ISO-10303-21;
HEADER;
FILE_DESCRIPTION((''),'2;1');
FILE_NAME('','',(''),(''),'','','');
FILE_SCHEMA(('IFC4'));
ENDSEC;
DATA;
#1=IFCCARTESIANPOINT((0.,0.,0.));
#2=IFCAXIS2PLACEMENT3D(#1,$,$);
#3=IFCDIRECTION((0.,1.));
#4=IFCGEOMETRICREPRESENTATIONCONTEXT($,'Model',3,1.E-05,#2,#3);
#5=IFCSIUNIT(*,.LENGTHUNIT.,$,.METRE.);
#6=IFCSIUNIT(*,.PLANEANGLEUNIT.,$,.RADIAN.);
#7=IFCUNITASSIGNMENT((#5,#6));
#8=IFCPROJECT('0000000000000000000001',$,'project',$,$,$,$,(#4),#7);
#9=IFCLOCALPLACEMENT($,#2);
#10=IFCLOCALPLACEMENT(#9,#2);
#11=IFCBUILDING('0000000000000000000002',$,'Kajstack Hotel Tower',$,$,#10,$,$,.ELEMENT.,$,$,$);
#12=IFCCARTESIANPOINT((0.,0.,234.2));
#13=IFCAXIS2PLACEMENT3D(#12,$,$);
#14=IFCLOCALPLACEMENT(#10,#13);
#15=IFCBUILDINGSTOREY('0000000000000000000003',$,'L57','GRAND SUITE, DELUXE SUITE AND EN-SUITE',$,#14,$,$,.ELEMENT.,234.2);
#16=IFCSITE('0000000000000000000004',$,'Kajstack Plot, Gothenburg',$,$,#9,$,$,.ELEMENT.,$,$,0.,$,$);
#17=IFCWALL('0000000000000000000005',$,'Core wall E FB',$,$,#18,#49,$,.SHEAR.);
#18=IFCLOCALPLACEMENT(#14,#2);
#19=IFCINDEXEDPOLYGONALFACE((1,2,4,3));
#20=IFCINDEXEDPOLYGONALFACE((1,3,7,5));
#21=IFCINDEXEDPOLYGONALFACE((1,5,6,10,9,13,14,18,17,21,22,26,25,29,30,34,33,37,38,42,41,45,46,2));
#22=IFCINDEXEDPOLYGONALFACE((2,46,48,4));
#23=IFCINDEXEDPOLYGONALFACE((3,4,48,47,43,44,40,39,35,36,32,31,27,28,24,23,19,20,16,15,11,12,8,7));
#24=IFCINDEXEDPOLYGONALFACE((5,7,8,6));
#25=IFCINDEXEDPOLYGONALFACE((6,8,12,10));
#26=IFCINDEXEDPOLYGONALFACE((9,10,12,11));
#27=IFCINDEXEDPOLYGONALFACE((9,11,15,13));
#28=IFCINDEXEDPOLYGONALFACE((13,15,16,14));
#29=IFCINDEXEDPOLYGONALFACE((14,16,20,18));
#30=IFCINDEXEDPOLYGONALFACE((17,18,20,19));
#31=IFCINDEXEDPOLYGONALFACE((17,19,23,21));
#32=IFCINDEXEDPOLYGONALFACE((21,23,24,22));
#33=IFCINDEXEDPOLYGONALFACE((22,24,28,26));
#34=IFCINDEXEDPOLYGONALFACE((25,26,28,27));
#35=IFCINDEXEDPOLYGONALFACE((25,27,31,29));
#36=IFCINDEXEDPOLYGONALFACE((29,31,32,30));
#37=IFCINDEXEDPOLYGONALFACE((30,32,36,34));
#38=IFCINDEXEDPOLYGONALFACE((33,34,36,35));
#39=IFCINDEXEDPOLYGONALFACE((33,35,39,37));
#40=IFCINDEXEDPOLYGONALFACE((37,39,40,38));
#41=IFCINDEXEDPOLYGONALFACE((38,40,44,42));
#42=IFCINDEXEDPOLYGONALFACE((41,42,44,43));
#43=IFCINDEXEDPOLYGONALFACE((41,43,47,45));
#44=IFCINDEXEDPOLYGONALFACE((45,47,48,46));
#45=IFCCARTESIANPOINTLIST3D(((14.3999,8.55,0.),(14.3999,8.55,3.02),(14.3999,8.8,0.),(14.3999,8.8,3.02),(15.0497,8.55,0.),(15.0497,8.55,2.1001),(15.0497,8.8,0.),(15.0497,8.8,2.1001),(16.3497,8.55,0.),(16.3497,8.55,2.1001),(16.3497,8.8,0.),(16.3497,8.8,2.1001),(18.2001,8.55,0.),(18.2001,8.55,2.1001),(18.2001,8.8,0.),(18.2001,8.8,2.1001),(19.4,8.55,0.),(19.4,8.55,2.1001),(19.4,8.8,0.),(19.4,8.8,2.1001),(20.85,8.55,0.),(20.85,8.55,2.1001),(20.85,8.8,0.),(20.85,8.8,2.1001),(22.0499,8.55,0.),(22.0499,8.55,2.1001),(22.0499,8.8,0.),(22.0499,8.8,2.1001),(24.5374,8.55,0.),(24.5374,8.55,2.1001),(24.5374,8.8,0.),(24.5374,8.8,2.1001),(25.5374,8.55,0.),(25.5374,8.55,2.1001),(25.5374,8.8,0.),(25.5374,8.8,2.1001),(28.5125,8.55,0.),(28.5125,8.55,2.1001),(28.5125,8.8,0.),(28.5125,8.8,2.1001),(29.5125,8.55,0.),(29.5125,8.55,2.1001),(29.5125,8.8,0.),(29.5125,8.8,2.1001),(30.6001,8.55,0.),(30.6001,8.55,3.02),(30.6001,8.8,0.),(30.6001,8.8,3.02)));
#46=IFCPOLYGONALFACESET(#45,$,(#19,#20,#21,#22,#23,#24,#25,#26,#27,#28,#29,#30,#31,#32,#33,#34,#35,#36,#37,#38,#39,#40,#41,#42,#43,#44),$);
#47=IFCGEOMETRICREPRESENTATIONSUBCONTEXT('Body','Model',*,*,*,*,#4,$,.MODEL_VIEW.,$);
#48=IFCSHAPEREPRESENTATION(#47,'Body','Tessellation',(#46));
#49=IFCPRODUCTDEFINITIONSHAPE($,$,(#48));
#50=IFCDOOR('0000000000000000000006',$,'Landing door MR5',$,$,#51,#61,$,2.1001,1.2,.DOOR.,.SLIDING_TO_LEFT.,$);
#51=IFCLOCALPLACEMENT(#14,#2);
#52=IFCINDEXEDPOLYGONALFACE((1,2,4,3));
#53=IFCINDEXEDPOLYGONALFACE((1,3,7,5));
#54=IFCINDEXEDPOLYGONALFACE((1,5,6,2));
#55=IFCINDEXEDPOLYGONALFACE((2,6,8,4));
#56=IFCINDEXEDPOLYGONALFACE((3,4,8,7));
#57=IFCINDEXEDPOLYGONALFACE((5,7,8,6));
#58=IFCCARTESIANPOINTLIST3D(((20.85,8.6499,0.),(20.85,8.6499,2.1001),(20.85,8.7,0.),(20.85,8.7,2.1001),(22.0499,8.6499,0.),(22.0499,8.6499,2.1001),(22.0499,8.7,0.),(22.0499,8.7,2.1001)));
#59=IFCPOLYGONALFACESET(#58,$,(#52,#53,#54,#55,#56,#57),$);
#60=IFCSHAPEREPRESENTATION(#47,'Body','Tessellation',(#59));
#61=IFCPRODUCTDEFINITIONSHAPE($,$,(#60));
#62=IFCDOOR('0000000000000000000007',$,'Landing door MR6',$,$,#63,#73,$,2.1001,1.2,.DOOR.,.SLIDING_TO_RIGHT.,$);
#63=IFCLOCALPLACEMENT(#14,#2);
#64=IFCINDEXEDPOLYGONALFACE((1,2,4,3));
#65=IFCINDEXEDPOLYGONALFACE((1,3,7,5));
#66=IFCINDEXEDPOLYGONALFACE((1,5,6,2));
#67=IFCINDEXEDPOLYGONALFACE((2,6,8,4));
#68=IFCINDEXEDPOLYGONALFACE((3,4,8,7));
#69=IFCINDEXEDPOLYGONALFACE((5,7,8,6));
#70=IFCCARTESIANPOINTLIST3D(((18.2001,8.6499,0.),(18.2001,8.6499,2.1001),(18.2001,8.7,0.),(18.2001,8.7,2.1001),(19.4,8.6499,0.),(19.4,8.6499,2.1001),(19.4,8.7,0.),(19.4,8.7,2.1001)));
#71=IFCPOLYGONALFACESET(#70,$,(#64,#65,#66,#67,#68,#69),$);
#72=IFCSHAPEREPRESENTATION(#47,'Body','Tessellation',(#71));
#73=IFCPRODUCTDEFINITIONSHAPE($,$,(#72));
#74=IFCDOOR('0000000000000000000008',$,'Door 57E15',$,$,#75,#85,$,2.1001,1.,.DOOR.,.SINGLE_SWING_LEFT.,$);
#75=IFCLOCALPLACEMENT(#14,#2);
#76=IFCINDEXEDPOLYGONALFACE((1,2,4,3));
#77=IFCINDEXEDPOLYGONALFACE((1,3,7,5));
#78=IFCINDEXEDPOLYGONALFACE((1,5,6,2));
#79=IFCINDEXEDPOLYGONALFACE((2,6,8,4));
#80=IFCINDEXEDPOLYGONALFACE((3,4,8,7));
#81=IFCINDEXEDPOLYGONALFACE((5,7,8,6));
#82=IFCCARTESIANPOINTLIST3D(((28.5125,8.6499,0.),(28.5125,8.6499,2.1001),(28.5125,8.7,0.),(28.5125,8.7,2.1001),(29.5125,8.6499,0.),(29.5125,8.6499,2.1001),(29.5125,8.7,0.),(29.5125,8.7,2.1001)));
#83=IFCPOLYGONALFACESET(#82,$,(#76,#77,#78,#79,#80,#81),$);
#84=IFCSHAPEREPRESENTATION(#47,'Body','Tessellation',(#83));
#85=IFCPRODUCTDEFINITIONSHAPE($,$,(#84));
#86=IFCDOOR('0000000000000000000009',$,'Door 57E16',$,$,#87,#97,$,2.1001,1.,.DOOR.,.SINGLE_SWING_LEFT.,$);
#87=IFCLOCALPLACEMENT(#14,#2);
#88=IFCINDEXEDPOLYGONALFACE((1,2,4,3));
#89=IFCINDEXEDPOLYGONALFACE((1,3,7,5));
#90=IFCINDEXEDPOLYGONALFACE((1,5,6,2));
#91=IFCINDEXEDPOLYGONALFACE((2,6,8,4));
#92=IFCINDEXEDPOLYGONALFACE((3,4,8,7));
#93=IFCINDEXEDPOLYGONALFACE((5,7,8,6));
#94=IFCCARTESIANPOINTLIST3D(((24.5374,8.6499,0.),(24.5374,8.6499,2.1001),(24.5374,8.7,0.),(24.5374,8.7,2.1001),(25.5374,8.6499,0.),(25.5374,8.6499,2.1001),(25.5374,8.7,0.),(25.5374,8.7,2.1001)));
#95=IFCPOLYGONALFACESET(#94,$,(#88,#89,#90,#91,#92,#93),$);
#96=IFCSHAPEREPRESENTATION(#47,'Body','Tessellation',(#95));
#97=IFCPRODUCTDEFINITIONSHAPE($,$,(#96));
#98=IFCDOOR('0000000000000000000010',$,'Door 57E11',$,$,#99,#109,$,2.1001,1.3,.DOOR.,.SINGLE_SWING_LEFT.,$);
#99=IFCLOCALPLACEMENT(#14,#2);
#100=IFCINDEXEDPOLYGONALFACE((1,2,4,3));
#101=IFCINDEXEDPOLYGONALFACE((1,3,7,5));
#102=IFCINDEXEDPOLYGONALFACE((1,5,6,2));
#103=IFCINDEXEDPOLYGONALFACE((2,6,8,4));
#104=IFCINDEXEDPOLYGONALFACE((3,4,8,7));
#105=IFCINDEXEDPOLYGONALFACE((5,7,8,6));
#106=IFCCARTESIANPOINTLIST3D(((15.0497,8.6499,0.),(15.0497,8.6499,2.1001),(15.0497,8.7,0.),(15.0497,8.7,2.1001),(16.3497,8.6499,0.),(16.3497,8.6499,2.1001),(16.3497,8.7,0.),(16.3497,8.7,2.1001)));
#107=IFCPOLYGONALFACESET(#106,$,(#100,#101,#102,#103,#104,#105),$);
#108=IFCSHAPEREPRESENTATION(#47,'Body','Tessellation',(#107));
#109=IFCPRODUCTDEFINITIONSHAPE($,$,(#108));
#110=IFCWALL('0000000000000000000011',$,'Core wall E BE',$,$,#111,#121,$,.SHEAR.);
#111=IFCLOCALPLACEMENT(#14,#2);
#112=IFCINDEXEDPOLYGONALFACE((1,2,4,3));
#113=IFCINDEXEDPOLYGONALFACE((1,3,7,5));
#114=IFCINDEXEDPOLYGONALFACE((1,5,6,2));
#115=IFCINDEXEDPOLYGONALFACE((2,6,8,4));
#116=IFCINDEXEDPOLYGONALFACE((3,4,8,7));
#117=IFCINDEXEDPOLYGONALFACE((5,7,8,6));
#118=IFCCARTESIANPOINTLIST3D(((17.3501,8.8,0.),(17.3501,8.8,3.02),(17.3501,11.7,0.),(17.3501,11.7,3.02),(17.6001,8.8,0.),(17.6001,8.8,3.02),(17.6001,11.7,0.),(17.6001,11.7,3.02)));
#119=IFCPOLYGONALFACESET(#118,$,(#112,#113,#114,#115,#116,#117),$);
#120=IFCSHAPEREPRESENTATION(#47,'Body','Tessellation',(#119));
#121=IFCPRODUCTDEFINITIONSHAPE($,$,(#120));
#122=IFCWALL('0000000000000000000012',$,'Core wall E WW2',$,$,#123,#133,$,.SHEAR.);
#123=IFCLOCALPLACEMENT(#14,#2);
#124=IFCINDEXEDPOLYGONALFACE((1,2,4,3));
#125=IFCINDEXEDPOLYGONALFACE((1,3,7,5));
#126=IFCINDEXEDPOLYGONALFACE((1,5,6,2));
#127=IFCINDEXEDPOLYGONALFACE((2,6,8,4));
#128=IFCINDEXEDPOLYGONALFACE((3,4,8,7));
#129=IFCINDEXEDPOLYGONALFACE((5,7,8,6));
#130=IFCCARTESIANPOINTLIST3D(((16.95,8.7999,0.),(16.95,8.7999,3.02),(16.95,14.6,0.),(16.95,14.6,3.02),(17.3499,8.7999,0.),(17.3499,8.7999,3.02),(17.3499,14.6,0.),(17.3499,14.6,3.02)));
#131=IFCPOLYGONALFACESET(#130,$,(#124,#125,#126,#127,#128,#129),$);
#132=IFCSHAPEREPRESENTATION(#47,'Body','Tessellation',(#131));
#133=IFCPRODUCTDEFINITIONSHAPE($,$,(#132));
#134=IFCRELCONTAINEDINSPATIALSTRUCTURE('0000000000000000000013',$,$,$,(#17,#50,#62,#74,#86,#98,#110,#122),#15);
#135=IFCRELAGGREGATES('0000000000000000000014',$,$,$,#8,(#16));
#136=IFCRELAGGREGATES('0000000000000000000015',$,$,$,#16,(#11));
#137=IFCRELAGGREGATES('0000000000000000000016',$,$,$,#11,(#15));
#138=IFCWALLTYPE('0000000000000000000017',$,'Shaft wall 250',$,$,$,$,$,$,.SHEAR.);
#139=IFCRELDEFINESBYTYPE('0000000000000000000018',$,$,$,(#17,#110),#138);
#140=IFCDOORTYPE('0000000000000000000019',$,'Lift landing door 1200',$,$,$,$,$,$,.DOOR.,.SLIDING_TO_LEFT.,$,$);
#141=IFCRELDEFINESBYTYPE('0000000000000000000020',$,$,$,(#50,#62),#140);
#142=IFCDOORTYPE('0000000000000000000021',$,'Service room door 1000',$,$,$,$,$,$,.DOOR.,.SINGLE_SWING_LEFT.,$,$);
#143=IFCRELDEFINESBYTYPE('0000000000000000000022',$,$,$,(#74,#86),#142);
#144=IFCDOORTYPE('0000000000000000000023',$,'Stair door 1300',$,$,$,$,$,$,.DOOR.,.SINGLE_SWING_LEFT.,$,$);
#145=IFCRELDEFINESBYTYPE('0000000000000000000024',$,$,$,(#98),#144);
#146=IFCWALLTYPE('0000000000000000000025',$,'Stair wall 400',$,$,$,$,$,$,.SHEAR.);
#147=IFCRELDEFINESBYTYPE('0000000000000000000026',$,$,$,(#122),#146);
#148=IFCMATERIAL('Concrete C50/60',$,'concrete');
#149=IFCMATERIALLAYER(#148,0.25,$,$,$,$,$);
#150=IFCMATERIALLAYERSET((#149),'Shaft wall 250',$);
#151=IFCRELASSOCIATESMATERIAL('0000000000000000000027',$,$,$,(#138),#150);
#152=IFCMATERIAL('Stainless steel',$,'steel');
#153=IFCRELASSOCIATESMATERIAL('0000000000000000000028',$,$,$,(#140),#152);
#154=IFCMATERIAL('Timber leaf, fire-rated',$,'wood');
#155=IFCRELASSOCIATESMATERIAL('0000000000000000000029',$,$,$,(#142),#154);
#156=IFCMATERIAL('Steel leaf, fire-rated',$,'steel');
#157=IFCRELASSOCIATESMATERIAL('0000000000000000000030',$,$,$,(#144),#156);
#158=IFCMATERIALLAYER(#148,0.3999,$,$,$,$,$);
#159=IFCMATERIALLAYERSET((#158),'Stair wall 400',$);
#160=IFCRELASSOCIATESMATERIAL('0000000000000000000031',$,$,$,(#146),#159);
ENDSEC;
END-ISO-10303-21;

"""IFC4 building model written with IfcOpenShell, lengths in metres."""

from ifc_helpers import new_model, si_unit, direction, frame, frame_2d, origin, place, context, subcontext, project, spatial, rectangle, extrude, material, layer, layer_set, type_object, element, fill, save


model = new_model("IFC4")

# Units and contexts
model_context = context("Model", 3, precision=1e-05, world=origin(), true_north=direction((0.0, 1.0)))
body_context = subcontext(model_context, "Body", "Model", "MODEL_VIEW")
ifc_project = project(units=[si_unit("LENGTHUNIT", "METRE"), si_unit("PLANEANGLEUNIT", "RADIAN")], contexts=[model_context])

# Site, building, storey
site_placement = place(None, origin())
site = spatial("IfcSite", under=ifc_project, at=site_placement, Name="Kajstack Plot, Gothenburg", CompositionType="ELEMENT", RefElevation=0.0)
building_placement = place(site_placement, origin())
building = spatial("IfcBuilding", under=site, at=building_placement, Name="Kajstack Hotel Tower", CompositionType="ELEMENT")
storey_placement = place(building_placement, frame((0.0, 0.0, 234.2)))
storey = spatial("IfcBuildingStorey", under=building, at=storey_placement, Name="L57", Description="GRAND SUITE, DELUXE SUITE AND EN-SUITE", CompositionType="ELEMENT", Elevation=234.2)

# Wall, openings, doors
ifc_material_1 = material(Name="Concrete C50/60", Category="concrete")
ifc_layer_1 = layer(ifc_material_1, 0.25)
ifc_layer_set_1 = layer_set([ifc_layer_1], Name="Shaft wall 250")
wall_type_1 = type_object("IfcWallType", Name="Shaft wall 250", PredefinedType="SHEAR", material=ifc_layer_set_1)
ifc_material_2 = material(Name="Stainless steel", Category="steel")
door_type_1 = type_object("IfcDoorType", Name="Lift landing door 1200", OperationType="SLIDING_TO_LEFT", PredefinedType="DOOR", material=ifc_material_2)
wall_1_placement = place(storey_placement, frame((14.3999, 8.675, 0.0), z_axis=(0.0, 0.0, 1.0), x_axis=(1.0, 0.0, 0.0)))
wall_1 = element("IfcWall", 1, at=wall_1_placement, inside=storey, type_object=wall_type_1, Name="Core wall E FB", PredefinedType="SHEAR", context=body_context, shape_type="SweptSolid", body=[
    extrude(rectangle(XDim=16.2002, YDim=0.25, at=frame_2d((8.1001, 0.0))), origin(), (0.0, 0.0, 1.0), 3.02),
])
opening_1_placement = place(wall_1_placement, frame((6.45, 0.0, 0.0)))
opening_1 = element("IfcOpeningElement", 2, at=opening_1_placement, cuts=wall_1, PredefinedType="OPENING", context=body_context, shape_type="SweptSolid", body=[
    extrude(rectangle(XDim=1.2, YDim=2.1001, at=frame_2d((0.6001, 1.05))), frame((0.0, 0.135, 0.0), z_axis=(0.0, -1.0, 0.0), x_axis=(1.0, 0.0, 0.0)), (0.0, 0.0, 1.0), 0.27),
])
opening_2_placement = place(wall_1_placement, frame((3.8, 0.0, 0.0)))
opening_2 = element("IfcOpeningElement", 3, at=opening_2_placement, cuts=wall_1, PredefinedType="OPENING", context=body_context, shape_type="SweptSolid", body=[
    extrude(rectangle(XDim=1.2, YDim=2.1001, at=frame_2d((0.6001, 1.05))), frame((0.0, 0.135, 0.0), z_axis=(0.0, -1.0, 0.0), x_axis=(1.0, 0.0, 0.0)), (0.0, 0.0, 1.0), 0.27),
])
opening_3_placement = place(wall_1_placement, frame((0.6499, 0.0, 0.0)))
opening_3 = element("IfcOpeningElement", 4, at=opening_3_placement, cuts=wall_1, PredefinedType="OPENING", context=body_context, shape_type="SweptSolid", body=[
    extrude(rectangle(XDim=1.3, YDim=2.1001, at=frame_2d((0.6499, 1.05))), frame((0.0, 0.135, 0.0), z_axis=(0.0, -1.0, 0.0), x_axis=(1.0, 0.0, 0.0)), (0.0, 0.0, 1.0), 0.27),
])
opening_4_placement = place(wall_1_placement, frame((14.1125, 0.0, 0.0)))
opening_4 = element("IfcOpeningElement", 5, at=opening_4_placement, cuts=wall_1, PredefinedType="OPENING", context=body_context, shape_type="SweptSolid", body=[
    extrude(rectangle(XDim=1.0, YDim=2.1001, at=frame_2d((0.5, 1.05))), frame((0.0, 0.135, 0.0), z_axis=(0.0, -1.0, 0.0), x_axis=(1.0, 0.0, 0.0)), (0.0, 0.0, 1.0), 0.27),
])
opening_5_placement = place(wall_1_placement, frame((10.1375, 0.0, 0.0)))
opening_5 = element("IfcOpeningElement", 6, at=opening_5_placement, cuts=wall_1, PredefinedType="OPENING", context=body_context, shape_type="SweptSolid", body=[
    extrude(rectangle(XDim=1.0, YDim=2.1001, at=frame_2d((0.5, 1.05))), frame((0.0, 0.135, 0.0), z_axis=(0.0, -1.0, 0.0), x_axis=(1.0, 0.0, 0.0)), (0.0, 0.0, 1.0), 0.27),
])
door_1_placement = place(opening_1_placement, origin())
door_1 = element("IfcDoor", 7, at=door_1_placement, inside=storey, type_object=door_type_1, Name="Landing door MR5", OperationType="SLIDING_TO_LEFT", OverallHeight=2.1001, OverallWidth=1.2, PredefinedType="DOOR", context=body_context, shape_type="SweptSolid", body=[
    extrude(rectangle(XDim=1.2, YDim=2.1001, at=frame_2d((0.6001, 1.05))), frame((0.0, 0.0249, 0.0), z_axis=(0.0, -1.0, 0.0), x_axis=(1.0, 0.0, 0.0)), (0.0, 0.0, 1.0), 0.05),
])
fill(opening_1, door_1)
door_2_placement = place(opening_2_placement, origin())
door_2 = element("IfcDoor", 8, at=door_2_placement, inside=storey, type_object=door_type_1, Name="Landing door MR6", OperationType="SLIDING_TO_RIGHT", OverallHeight=2.1001, OverallWidth=1.2, PredefinedType="DOOR", context=body_context, shape_type="SweptSolid", body=[
    extrude(rectangle(XDim=1.2, YDim=2.1001, at=frame_2d((0.6001, 1.05))), frame((0.0, 0.0249, 0.0), z_axis=(0.0, -1.0, 0.0), x_axis=(1.0, 0.0, 0.0)), (0.0, 0.0, 1.0), 0.05),
])
fill(opening_2, door_2)
ifc_material_3 = material(Name="Timber leaf, fire-rated", Category="wood")
door_type_2 = type_object("IfcDoorType", Name="Service room door 1000", OperationType="SINGLE_SWING_LEFT", PredefinedType="DOOR", material=ifc_material_3)
door_3_placement = place(opening_4_placement, origin())
door_3 = element("IfcDoor", 9, at=door_3_placement, inside=storey, type_object=door_type_2, Name="Door 57E15", OperationType="SINGLE_SWING_LEFT", OverallHeight=2.1001, OverallWidth=1.0, PredefinedType="DOOR", context=body_context, shape_type="SweptSolid", body=[
    extrude(rectangle(XDim=1.0, YDim=2.1001, at=frame_2d((0.5, 1.05))), frame((0.0, 0.0249, 0.0), z_axis=(0.0, -1.0, 0.0), x_axis=(1.0, 0.0, 0.0)), (0.0, 0.0, 1.0), 0.05),
])
fill(opening_4, door_3)
door_4_placement = place(opening_5_placement, origin())
door_4 = element("IfcDoor", 10, at=door_4_placement, inside=storey, type_object=door_type_2, Name="Door 57E16", OperationType="SINGLE_SWING_LEFT", OverallHeight=2.1001, OverallWidth=1.0, PredefinedType="DOOR", context=body_context, shape_type="SweptSolid", body=[
    extrude(rectangle(XDim=1.0, YDim=2.1001, at=frame_2d((0.5, 1.05))), frame((0.0, 0.0249, 0.0), z_axis=(0.0, -1.0, 0.0), x_axis=(1.0, 0.0, 0.0)), (0.0, 0.0, 1.0), 0.05),
])
fill(opening_5, door_4)
ifc_material_4 = material(Name="Steel leaf, fire-rated", Category="steel")
door_type_3 = type_object("IfcDoorType", Name="Stair door 1300", OperationType="SINGLE_SWING_LEFT", PredefinedType="DOOR", material=ifc_material_4)
door_5_placement = place(opening_3_placement, origin())
door_5 = element("IfcDoor", 11, at=door_5_placement, inside=storey, type_object=door_type_3, Name="Door 57E11", OperationType="SINGLE_SWING_LEFT", OverallHeight=2.1001, OverallWidth=1.3, PredefinedType="DOOR", context=body_context, shape_type="SweptSolid", body=[
    extrude(rectangle(XDim=1.3, YDim=2.1001, at=frame_2d((0.6499, 1.05))), frame((0.0, 0.0249, 0.0), z_axis=(0.0, -1.0, 0.0), x_axis=(1.0, 0.0, 0.0)), (0.0, 0.0, 1.0), 0.05),
])
fill(opening_3, door_5)

# Walls
wall_2_placement = place(storey_placement, frame((17.4751, 8.8, 0.0), z_axis=(0.0, 0.0, 1.0), x_axis=(0.0, 1.0, 0.0)))
element("IfcWall", 12, at=wall_2_placement, inside=storey, type_object=wall_type_1, Name="Core wall E BE", PredefinedType="SHEAR", context=body_context, shape_type="SweptSolid", body=[
    extrude(rectangle(XDim=2.8999, YDim=0.25, at=frame_2d((1.45, 0.0))), origin(), (0.0, 0.0, 1.0), 3.02),
])
ifc_layer_2 = layer(ifc_material_1, 0.3999)
ifc_layer_set_2 = layer_set([ifc_layer_2], Name="Stair wall 400")
wall_type_2 = type_object("IfcWallType", Name="Stair wall 400", PredefinedType="SHEAR", material=ifc_layer_set_2)
wall_3_placement = place(storey_placement, frame((17.1499, 8.8, 0.0), z_axis=(0.0, 0.0, 1.0), x_axis=(0.0, 1.0, 0.0)))
element("IfcWall", 13, at=wall_3_placement, inside=storey, type_object=wall_type_2, Name="Core wall E WW2", PredefinedType="SHEAR", context=body_context, shape_type="SweptSolid", body=[
    extrude(rectangle(XDim=5.8, YDim=0.3999, at=frame_2d((2.8999, 0.0))), origin(), (0.0, 0.0, 1.0), 3.02),
])

save(model, "model.ifc")
